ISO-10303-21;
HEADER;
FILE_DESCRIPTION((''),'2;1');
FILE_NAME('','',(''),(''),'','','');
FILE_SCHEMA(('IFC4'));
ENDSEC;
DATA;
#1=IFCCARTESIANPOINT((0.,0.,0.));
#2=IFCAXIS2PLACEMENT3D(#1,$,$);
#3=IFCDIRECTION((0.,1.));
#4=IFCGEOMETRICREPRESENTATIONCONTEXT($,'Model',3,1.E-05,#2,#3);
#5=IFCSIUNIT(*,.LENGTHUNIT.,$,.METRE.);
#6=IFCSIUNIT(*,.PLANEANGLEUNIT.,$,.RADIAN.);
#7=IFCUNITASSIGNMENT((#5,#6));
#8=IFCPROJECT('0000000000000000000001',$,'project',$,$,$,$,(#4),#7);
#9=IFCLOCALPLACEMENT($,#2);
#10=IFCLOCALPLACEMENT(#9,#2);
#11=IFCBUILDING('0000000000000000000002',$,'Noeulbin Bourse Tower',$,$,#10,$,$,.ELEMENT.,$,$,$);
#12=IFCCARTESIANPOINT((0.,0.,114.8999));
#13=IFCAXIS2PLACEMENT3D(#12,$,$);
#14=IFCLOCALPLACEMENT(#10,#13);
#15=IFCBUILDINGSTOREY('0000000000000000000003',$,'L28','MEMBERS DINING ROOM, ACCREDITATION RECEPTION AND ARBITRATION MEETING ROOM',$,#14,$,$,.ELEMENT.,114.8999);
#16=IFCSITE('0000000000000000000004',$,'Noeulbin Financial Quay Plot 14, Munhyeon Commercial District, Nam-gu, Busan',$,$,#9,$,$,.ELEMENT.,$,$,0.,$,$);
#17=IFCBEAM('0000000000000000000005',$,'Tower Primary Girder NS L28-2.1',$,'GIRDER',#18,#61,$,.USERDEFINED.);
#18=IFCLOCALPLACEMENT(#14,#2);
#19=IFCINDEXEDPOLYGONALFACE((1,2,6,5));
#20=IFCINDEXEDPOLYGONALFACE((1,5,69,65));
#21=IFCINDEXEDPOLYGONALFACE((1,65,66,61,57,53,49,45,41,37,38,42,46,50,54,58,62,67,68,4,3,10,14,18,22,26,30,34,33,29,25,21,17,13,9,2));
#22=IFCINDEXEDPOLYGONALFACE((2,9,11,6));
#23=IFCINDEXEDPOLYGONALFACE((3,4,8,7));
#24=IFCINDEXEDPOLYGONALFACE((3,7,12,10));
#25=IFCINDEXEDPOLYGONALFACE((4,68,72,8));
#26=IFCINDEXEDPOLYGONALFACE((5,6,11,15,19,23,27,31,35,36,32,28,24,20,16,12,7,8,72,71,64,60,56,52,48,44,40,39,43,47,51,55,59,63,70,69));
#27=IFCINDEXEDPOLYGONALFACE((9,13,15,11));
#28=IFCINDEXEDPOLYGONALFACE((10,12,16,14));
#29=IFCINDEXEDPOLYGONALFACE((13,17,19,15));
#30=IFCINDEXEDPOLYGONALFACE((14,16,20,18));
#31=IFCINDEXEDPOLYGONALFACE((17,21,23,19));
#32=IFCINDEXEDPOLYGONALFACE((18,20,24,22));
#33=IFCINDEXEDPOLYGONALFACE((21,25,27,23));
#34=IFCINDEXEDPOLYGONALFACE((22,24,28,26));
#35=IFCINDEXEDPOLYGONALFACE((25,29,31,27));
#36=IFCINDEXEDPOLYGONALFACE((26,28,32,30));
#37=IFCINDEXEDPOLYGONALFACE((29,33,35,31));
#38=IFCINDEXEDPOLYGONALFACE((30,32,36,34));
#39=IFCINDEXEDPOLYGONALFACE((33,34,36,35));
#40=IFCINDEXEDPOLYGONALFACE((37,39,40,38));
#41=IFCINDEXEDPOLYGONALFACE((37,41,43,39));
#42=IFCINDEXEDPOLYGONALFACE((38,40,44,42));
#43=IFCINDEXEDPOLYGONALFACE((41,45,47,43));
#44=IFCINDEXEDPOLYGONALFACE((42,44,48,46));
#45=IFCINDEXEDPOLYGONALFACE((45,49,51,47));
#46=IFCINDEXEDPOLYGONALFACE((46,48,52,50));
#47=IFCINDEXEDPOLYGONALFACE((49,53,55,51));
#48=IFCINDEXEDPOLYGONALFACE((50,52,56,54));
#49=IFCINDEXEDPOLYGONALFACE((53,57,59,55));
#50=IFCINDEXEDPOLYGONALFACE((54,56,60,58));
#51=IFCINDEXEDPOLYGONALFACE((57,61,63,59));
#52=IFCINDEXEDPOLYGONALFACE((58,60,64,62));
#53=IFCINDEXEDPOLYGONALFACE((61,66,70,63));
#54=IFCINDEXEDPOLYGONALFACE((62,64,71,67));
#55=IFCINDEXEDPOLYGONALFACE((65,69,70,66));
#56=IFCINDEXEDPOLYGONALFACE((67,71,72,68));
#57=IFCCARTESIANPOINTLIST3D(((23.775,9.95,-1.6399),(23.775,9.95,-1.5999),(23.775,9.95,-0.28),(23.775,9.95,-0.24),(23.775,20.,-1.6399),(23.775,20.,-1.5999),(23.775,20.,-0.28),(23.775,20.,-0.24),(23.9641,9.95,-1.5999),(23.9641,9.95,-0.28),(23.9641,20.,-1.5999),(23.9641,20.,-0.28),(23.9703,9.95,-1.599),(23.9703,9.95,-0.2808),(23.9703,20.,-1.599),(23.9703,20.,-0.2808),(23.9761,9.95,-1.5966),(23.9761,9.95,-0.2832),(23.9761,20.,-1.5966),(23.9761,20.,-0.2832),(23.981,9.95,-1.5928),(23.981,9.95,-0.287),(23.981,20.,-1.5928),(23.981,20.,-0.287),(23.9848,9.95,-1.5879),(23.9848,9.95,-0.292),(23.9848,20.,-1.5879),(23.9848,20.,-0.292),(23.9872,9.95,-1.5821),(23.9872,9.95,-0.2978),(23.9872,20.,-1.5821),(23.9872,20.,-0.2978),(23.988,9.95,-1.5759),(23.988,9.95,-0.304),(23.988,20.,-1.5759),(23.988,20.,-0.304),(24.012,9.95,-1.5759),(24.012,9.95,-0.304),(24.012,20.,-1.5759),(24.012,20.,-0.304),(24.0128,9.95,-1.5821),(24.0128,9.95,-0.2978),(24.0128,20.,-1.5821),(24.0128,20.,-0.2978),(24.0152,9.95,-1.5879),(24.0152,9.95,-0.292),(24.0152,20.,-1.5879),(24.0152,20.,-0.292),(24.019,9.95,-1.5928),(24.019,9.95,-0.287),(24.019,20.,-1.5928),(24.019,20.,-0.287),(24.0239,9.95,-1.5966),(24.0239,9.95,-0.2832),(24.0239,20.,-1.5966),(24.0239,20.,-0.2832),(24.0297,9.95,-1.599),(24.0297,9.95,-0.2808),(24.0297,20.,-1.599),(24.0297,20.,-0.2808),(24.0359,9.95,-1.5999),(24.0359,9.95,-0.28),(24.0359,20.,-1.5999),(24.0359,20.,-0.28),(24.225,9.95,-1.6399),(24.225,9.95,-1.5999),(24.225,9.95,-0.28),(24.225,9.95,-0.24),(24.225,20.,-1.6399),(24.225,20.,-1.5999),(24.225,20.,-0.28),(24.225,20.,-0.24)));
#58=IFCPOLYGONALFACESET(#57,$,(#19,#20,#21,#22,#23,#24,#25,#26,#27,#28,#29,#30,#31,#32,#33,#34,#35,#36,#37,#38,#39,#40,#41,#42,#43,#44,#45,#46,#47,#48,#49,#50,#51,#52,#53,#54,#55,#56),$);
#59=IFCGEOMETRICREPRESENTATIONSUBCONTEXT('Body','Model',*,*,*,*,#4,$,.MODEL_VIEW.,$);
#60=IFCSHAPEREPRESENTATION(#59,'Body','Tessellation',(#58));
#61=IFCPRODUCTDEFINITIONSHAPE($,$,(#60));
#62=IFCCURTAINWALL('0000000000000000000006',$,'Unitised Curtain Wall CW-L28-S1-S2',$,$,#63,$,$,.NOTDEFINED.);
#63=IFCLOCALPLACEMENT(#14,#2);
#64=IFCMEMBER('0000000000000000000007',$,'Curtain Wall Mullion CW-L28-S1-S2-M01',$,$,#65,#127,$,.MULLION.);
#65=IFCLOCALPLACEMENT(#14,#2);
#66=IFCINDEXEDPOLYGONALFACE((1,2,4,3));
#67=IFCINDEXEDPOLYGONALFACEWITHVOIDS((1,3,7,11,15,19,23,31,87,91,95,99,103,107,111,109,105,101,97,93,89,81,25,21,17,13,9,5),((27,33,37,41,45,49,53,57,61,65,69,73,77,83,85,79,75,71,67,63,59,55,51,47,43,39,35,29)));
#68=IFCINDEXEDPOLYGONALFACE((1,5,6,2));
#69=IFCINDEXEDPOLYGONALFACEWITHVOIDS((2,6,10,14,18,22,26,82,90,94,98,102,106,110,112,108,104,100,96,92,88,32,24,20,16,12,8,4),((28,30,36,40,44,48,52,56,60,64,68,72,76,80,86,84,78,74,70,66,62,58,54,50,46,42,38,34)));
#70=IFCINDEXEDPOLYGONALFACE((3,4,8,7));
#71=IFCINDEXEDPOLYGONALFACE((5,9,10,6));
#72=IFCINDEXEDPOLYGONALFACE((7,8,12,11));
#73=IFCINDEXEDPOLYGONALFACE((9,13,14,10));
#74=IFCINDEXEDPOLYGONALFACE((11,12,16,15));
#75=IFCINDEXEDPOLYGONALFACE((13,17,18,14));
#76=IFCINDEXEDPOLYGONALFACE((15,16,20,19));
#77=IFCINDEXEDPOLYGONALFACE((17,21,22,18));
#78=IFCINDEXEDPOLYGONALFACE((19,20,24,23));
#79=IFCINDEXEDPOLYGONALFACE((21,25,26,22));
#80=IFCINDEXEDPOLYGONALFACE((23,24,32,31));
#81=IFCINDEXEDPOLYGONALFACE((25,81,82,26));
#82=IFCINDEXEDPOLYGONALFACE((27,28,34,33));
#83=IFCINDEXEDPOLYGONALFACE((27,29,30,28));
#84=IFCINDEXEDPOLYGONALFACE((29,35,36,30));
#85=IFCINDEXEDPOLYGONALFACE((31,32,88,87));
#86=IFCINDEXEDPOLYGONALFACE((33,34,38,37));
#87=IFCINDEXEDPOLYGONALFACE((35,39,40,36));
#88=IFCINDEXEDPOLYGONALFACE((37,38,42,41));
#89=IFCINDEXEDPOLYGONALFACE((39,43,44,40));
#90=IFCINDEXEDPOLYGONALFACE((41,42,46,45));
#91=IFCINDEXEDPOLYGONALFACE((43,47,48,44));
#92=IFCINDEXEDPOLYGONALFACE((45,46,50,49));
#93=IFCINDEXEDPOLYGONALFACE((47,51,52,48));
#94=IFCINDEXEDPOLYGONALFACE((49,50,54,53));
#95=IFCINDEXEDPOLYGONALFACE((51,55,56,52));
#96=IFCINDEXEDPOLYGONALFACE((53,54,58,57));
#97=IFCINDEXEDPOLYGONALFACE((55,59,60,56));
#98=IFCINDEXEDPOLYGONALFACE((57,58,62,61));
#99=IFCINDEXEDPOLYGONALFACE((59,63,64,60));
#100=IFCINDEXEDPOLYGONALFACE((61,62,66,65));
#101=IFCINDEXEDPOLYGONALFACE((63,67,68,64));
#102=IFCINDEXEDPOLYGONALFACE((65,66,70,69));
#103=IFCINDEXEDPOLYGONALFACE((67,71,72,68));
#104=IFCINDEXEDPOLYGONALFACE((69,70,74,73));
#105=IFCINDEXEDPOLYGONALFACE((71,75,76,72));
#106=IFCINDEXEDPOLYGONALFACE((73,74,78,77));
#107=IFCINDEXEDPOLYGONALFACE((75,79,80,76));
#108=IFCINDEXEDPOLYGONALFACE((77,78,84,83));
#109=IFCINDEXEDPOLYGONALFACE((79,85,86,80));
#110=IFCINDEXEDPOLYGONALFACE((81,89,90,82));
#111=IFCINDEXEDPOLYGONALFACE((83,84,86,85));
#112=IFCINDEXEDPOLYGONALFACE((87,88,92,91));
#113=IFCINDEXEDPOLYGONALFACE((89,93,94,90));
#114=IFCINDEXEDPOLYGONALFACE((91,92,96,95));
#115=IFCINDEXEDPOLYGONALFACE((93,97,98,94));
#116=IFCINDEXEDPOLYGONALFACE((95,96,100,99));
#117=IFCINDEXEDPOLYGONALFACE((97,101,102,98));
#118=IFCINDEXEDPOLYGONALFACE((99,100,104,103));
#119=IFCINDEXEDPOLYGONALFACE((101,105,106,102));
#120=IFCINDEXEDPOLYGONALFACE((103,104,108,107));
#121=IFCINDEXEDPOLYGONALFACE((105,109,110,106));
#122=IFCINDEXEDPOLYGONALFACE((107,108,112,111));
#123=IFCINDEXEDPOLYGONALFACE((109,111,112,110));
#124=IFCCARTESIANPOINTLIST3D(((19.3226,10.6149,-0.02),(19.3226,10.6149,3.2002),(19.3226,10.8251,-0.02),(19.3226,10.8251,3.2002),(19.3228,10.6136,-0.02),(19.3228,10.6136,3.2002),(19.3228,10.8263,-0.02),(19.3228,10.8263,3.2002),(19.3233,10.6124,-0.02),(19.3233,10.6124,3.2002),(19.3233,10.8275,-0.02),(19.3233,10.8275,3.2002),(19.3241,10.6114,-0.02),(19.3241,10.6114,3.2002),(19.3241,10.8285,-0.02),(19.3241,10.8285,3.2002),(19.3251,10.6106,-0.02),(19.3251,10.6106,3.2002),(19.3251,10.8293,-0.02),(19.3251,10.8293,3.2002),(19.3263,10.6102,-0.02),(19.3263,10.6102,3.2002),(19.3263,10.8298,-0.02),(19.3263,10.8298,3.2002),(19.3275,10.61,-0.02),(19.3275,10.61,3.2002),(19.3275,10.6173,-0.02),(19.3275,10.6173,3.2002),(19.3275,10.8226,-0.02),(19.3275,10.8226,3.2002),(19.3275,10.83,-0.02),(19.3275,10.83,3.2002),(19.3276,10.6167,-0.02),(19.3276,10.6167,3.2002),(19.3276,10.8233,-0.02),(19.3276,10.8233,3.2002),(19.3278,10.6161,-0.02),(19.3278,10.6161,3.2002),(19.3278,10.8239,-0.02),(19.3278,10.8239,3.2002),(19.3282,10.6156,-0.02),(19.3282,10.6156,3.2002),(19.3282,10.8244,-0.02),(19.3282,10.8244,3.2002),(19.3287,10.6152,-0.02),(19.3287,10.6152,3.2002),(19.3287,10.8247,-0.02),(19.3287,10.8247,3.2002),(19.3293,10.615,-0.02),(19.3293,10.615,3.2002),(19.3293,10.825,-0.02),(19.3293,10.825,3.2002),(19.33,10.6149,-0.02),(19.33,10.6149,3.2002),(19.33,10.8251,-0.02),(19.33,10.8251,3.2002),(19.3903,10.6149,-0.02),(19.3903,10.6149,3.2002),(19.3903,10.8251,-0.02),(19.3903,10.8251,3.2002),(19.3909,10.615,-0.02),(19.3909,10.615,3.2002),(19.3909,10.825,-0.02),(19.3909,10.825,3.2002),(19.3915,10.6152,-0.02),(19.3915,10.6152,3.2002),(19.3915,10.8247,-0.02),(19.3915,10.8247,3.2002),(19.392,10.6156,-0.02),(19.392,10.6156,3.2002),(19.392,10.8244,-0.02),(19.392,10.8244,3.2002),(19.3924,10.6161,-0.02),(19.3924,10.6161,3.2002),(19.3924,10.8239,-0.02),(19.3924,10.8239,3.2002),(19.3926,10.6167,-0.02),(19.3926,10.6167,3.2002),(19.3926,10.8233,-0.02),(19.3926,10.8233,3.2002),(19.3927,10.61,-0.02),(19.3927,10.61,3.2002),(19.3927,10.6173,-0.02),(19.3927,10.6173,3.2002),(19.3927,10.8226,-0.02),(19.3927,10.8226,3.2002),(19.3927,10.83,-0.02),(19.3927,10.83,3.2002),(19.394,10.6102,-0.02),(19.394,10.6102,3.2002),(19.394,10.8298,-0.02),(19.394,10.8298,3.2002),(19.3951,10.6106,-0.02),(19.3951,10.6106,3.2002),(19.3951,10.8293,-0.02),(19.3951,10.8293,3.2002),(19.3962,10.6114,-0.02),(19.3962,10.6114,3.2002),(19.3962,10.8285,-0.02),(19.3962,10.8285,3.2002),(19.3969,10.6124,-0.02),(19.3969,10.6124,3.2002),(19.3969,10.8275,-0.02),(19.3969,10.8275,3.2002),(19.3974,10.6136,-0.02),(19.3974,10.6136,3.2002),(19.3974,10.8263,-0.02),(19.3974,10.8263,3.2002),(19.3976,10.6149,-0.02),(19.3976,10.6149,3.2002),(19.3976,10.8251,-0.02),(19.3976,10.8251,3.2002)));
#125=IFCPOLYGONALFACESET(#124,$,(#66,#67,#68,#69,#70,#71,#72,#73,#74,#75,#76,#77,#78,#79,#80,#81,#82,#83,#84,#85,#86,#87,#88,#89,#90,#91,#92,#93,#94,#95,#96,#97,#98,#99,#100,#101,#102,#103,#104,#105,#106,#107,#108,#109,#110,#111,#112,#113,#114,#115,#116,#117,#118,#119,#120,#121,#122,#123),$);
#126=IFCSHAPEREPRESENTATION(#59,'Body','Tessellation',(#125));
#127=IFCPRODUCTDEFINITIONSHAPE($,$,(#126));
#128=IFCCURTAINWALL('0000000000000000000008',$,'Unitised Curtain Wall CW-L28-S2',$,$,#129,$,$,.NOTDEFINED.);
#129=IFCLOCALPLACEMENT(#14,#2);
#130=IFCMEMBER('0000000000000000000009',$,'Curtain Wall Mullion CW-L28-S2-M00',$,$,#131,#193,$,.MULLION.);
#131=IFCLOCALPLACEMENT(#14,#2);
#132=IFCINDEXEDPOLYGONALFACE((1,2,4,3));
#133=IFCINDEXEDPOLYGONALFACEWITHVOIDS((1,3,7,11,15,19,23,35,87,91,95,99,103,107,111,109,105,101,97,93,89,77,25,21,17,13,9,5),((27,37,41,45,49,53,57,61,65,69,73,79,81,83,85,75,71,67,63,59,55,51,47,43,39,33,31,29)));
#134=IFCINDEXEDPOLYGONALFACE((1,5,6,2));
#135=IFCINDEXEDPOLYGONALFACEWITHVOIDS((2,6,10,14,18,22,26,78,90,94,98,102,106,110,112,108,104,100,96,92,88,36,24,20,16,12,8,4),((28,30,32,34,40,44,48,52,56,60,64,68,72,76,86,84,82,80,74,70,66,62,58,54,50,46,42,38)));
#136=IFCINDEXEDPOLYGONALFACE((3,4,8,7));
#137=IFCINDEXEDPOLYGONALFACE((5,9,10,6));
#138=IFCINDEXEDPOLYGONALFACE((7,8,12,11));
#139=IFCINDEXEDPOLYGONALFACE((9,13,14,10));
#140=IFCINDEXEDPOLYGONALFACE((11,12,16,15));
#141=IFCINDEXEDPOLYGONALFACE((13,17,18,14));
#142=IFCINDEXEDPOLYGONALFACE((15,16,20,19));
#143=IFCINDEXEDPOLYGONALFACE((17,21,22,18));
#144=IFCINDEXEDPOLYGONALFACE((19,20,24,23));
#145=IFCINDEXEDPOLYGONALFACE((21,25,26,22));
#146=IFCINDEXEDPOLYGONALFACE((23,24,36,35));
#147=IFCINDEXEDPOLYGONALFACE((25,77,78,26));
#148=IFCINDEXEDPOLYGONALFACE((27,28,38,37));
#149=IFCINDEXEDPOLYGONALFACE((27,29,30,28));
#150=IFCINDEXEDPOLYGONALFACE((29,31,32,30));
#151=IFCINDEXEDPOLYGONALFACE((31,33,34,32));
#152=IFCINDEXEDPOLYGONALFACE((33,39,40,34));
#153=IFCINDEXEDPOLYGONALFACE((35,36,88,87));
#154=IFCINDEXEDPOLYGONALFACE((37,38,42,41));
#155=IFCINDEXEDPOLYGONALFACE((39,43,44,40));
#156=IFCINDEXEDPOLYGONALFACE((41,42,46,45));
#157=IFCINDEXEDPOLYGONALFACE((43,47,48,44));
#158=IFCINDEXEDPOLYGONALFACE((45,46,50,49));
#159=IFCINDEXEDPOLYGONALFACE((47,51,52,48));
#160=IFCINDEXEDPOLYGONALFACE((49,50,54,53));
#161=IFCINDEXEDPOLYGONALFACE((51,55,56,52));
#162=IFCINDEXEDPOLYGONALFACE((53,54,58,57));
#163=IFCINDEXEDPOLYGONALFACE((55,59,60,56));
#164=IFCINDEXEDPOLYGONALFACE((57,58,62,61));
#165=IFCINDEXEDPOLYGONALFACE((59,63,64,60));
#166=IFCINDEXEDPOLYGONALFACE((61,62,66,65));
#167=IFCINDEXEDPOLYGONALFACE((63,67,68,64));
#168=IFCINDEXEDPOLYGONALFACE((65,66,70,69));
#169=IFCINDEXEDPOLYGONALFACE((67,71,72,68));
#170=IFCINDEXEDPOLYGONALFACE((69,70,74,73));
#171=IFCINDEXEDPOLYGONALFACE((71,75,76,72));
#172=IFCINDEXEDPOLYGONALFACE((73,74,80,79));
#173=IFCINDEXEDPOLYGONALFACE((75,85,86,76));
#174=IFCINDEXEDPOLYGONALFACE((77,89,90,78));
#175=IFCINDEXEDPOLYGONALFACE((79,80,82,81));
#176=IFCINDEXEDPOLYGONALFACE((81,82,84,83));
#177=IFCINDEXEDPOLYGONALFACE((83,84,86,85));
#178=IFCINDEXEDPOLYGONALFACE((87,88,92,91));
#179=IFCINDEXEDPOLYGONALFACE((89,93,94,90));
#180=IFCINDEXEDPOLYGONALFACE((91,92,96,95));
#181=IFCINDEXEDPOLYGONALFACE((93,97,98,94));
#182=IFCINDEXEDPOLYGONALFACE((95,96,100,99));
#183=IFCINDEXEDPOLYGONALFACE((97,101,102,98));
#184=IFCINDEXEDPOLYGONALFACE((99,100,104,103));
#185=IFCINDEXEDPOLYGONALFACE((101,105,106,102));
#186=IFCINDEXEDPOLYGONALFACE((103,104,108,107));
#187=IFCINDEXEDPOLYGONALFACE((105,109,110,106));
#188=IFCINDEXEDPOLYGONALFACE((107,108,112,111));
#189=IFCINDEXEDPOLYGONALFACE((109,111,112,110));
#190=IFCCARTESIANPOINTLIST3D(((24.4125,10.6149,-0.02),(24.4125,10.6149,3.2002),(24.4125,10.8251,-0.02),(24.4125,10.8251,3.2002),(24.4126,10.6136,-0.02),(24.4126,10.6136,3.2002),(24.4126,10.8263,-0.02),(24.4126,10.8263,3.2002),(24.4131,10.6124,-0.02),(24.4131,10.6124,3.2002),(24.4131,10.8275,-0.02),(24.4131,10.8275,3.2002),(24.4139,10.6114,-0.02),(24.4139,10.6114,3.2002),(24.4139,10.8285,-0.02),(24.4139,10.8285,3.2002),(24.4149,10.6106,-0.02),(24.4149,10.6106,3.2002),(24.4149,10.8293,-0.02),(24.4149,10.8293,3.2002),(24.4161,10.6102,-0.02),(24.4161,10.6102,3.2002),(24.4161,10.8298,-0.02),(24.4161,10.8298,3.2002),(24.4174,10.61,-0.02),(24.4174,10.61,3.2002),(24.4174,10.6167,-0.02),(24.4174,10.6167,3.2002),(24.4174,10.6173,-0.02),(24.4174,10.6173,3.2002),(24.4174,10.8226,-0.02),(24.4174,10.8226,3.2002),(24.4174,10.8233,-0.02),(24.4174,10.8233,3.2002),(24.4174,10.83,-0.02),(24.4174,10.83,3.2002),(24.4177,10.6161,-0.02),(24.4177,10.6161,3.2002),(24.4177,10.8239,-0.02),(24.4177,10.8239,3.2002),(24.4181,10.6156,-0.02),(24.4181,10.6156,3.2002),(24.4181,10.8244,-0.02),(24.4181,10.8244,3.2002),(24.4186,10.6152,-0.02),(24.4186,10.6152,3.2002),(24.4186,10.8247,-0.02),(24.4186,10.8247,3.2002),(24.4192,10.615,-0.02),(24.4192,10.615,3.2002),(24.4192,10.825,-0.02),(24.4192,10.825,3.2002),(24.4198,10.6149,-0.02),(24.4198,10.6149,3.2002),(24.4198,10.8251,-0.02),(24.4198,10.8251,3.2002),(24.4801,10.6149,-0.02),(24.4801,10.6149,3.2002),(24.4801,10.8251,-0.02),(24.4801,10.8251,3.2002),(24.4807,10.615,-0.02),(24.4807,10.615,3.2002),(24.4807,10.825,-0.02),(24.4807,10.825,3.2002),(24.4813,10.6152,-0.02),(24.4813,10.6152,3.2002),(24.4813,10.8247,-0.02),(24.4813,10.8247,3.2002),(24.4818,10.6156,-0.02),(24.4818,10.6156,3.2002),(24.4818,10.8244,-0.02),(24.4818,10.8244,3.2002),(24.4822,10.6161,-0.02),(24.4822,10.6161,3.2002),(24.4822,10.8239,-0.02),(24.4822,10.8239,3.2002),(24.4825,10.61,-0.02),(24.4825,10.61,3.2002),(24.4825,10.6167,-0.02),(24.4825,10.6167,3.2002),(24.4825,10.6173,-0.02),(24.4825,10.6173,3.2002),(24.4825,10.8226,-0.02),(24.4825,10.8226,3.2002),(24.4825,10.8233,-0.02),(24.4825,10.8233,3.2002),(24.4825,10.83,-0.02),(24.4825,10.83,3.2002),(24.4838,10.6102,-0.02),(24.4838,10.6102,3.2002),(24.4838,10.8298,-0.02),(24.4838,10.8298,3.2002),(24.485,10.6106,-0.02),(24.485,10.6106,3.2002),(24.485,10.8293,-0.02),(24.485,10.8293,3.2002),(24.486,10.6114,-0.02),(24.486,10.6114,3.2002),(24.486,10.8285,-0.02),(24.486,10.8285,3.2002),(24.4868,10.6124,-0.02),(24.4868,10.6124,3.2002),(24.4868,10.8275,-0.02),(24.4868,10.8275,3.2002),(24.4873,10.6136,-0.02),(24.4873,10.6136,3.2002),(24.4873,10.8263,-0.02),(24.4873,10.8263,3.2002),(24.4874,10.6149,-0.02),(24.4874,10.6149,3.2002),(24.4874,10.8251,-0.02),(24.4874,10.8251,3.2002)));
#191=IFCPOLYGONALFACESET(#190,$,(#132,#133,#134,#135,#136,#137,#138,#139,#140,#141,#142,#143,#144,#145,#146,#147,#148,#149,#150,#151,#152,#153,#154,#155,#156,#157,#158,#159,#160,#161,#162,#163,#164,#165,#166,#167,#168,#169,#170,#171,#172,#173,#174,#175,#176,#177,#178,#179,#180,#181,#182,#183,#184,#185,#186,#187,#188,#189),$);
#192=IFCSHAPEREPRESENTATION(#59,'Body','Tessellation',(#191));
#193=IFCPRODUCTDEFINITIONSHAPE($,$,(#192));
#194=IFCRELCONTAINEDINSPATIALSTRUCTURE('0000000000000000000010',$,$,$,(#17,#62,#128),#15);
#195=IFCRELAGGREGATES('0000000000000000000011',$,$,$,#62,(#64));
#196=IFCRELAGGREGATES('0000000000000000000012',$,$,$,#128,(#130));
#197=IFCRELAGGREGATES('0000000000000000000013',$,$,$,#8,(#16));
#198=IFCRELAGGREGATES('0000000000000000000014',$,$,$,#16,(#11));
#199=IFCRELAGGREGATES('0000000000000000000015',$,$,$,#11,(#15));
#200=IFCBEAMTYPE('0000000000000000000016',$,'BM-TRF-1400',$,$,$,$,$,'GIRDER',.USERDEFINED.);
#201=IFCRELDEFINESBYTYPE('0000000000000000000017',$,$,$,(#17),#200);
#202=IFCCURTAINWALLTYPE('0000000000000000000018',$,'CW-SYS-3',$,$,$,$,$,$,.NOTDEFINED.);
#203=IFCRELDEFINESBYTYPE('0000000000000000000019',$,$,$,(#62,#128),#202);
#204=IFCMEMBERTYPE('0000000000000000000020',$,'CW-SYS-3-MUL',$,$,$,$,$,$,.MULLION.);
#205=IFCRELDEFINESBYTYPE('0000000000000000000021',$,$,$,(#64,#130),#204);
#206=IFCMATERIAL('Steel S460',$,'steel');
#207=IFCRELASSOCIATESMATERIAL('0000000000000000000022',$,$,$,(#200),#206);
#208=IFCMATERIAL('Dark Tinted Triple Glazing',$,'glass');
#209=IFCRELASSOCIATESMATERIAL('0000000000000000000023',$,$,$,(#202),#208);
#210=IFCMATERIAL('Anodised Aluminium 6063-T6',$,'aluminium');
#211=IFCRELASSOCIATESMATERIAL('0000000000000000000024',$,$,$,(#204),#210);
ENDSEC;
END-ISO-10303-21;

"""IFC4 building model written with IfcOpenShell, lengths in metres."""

from ifc_helpers import new_model, si_unit, direction, frame, origin, origin_2d, place, context, subcontext, project, spatial, hollow_rectangle, i_section, extrude, material, material_profile, profile_set, type_object, element, aggregate, save


model = new_model("IFC4")

# Units and contexts
model_context = context("Model", 3, precision=1e-05, world=origin(), true_north=direction((0.0, 1.0)))
body_context = subcontext(model_context, "Body", "Model", "MODEL_VIEW")
ifc_project = project(units=[si_unit("LENGTHUNIT", "METRE"), si_unit("PLANEANGLEUNIT", "RADIAN")], contexts=[model_context])

# Site, building, storey
site_placement = place(None, origin())
site = spatial("IfcSite", under=ifc_project, at=site_placement, Name="Noeulbin Financial Quay Plot 14, Munhyeon Commercial District, Nam-gu, Busan", CompositionType="ELEMENT", RefElevation=0.0)
building_placement = place(site_placement, origin())
building = spatial("IfcBuilding", under=site, at=building_placement, Name="Noeulbin Bourse Tower", CompositionType="ELEMENT")
storey_placement = place(building_placement, frame((0.0, 0.0, 114.8999)))
storey = spatial("IfcBuildingStorey", under=building, at=storey_placement, Name="L28", Description="MEMBERS DINING ROOM, ACCREDITATION RECEPTION AND ARBITRATION MEETING ROOM", CompositionType="ELEMENT", Elevation=114.8999)

# Beam
ifc_material_1 = material(Name="Steel S460", Category="steel")
ifc_material_profile_1 = material_profile(ifc_material_1, i_section(OverallWidth=0.45, OverallDepth=1.3999, WebThickness=0.0239, FlangeThickness=0.04, FilletRadius=0.0239, at=origin_2d()), Name="PG-1400x450x24x40", Category="LoadBearing")
ifc_profile_set_1 = profile_set([ifc_material_profile_1], Name="Steel S460")
beam_type_1 = type_object("IfcBeamType", Name="BM-TRF-1400", ElementType="GIRDER", PredefinedType="USERDEFINED", material=ifc_profile_set_1)
beam_placement = place(storey_placement, frame((24.0, 9.95, -0.9399), z_axis=(0.0, 1.0, 0.0), x_axis=(-1.0, 0.0, 0.0)))
element("IfcBeam", 1, at=beam_placement, inside=storey, type_object=beam_type_1, Name="Tower Primary Girder NS L28-2.1", ObjectType="GIRDER", PredefinedType="USERDEFINED", context=body_context, shape_type="SweptSolid", body=[
    extrude(i_section(OverallWidth=0.45, OverallDepth=1.3999, WebThickness=0.0239, FlangeThickness=0.04, FilletRadius=0.0239, at=origin_2d()), origin(), (0.0, 0.0, 1.0), 10.05),
])

# Curtain wall, member
ifc_material_2 = material(Name="Dark Tinted Triple Glazing", Category="glass")
curtain_wall_type = type_object("IfcCurtainWallType", Name="CW-SYS-3", PredefinedType="NOTDEFINED", material=ifc_material_2)
curtain_wall_1_placement = place(storey_placement, origin())
curtain_wall_1 = element("IfcCurtainWall", 2, at=curtain_wall_1_placement, inside=storey, type_object=curtain_wall_type, Name="Unitised Curtain Wall CW-L28-S1-S2", PredefinedType="NOTDEFINED")
ifc_material_3 = material(Name="Anodised Aluminium 6063-T6", Category="aluminium")
ifc_material_profile_2 = material_profile(ifc_material_3, hollow_rectangle(XDim=0.075, YDim=0.22, WallThickness=0.0049, InnerFilletRadius=0.0024, OuterFilletRadius=0.0049, at=origin_2d()), Name="ALU-MULL-75x220x5", Category="LoadBearing")
ifc_profile_set_2 = profile_set([ifc_material_profile_2], Name="Anodised Aluminium 6063-T6")
member_type_1 = type_object("IfcMemberType", Name="CW-SYS-3-MUL", PredefinedType="MULLION", material=ifc_profile_set_2)
member_1_placement = place(storey_placement, frame((19.3601, 10.72, -0.02), z_axis=(0.0, 0.0, 1.0), x_axis=(1.0, 0.0, 0.0)))
member_1 = element("IfcMember", 3, at=member_1_placement, type_object=member_type_1, Name="Curtain Wall Mullion CW-L28-S1-S2-M01", PredefinedType="MULLION", context=body_context, shape_type="SweptSolid", body=[
    extrude(hollow_rectangle(XDim=0.075, YDim=0.22, WallThickness=0.0049, InnerFilletRadius=0.0024, OuterFilletRadius=0.0049, at=origin_2d()), origin(), (0.0, 0.0, 1.0), 3.2202),
])

# Curtain wall, member
curtain_wall_2_placement = place(storey_placement, origin())
curtain_wall_2 = element("IfcCurtainWall", 4, at=curtain_wall_2_placement, inside=storey, type_object=curtain_wall_type, Name="Unitised Curtain Wall CW-L28-S2", PredefinedType="NOTDEFINED")
member_2_placement = place(storey_placement, frame((24.45, 10.72, -0.02), z_axis=(0.0, 0.0, 1.0), x_axis=(1.0, 0.0, 0.0)))
member_2 = element("IfcMember", 5, at=member_2_placement, type_object=member_type_1, Name="Curtain Wall Mullion CW-L28-S2-M00", PredefinedType="MULLION", context=body_context, shape_type="SweptSolid", body=[
    extrude(hollow_rectangle(XDim=0.075, YDim=0.22, WallThickness=0.0049, InnerFilletRadius=0.0024, OuterFilletRadius=0.0049, at=origin_2d()), origin(), (0.0, 0.0, 1.0), 3.2202),
])

aggregate(curtain_wall_1, [member_1])
aggregate(curtain_wall_2, [member_2])

save(model, "model.ifc")
